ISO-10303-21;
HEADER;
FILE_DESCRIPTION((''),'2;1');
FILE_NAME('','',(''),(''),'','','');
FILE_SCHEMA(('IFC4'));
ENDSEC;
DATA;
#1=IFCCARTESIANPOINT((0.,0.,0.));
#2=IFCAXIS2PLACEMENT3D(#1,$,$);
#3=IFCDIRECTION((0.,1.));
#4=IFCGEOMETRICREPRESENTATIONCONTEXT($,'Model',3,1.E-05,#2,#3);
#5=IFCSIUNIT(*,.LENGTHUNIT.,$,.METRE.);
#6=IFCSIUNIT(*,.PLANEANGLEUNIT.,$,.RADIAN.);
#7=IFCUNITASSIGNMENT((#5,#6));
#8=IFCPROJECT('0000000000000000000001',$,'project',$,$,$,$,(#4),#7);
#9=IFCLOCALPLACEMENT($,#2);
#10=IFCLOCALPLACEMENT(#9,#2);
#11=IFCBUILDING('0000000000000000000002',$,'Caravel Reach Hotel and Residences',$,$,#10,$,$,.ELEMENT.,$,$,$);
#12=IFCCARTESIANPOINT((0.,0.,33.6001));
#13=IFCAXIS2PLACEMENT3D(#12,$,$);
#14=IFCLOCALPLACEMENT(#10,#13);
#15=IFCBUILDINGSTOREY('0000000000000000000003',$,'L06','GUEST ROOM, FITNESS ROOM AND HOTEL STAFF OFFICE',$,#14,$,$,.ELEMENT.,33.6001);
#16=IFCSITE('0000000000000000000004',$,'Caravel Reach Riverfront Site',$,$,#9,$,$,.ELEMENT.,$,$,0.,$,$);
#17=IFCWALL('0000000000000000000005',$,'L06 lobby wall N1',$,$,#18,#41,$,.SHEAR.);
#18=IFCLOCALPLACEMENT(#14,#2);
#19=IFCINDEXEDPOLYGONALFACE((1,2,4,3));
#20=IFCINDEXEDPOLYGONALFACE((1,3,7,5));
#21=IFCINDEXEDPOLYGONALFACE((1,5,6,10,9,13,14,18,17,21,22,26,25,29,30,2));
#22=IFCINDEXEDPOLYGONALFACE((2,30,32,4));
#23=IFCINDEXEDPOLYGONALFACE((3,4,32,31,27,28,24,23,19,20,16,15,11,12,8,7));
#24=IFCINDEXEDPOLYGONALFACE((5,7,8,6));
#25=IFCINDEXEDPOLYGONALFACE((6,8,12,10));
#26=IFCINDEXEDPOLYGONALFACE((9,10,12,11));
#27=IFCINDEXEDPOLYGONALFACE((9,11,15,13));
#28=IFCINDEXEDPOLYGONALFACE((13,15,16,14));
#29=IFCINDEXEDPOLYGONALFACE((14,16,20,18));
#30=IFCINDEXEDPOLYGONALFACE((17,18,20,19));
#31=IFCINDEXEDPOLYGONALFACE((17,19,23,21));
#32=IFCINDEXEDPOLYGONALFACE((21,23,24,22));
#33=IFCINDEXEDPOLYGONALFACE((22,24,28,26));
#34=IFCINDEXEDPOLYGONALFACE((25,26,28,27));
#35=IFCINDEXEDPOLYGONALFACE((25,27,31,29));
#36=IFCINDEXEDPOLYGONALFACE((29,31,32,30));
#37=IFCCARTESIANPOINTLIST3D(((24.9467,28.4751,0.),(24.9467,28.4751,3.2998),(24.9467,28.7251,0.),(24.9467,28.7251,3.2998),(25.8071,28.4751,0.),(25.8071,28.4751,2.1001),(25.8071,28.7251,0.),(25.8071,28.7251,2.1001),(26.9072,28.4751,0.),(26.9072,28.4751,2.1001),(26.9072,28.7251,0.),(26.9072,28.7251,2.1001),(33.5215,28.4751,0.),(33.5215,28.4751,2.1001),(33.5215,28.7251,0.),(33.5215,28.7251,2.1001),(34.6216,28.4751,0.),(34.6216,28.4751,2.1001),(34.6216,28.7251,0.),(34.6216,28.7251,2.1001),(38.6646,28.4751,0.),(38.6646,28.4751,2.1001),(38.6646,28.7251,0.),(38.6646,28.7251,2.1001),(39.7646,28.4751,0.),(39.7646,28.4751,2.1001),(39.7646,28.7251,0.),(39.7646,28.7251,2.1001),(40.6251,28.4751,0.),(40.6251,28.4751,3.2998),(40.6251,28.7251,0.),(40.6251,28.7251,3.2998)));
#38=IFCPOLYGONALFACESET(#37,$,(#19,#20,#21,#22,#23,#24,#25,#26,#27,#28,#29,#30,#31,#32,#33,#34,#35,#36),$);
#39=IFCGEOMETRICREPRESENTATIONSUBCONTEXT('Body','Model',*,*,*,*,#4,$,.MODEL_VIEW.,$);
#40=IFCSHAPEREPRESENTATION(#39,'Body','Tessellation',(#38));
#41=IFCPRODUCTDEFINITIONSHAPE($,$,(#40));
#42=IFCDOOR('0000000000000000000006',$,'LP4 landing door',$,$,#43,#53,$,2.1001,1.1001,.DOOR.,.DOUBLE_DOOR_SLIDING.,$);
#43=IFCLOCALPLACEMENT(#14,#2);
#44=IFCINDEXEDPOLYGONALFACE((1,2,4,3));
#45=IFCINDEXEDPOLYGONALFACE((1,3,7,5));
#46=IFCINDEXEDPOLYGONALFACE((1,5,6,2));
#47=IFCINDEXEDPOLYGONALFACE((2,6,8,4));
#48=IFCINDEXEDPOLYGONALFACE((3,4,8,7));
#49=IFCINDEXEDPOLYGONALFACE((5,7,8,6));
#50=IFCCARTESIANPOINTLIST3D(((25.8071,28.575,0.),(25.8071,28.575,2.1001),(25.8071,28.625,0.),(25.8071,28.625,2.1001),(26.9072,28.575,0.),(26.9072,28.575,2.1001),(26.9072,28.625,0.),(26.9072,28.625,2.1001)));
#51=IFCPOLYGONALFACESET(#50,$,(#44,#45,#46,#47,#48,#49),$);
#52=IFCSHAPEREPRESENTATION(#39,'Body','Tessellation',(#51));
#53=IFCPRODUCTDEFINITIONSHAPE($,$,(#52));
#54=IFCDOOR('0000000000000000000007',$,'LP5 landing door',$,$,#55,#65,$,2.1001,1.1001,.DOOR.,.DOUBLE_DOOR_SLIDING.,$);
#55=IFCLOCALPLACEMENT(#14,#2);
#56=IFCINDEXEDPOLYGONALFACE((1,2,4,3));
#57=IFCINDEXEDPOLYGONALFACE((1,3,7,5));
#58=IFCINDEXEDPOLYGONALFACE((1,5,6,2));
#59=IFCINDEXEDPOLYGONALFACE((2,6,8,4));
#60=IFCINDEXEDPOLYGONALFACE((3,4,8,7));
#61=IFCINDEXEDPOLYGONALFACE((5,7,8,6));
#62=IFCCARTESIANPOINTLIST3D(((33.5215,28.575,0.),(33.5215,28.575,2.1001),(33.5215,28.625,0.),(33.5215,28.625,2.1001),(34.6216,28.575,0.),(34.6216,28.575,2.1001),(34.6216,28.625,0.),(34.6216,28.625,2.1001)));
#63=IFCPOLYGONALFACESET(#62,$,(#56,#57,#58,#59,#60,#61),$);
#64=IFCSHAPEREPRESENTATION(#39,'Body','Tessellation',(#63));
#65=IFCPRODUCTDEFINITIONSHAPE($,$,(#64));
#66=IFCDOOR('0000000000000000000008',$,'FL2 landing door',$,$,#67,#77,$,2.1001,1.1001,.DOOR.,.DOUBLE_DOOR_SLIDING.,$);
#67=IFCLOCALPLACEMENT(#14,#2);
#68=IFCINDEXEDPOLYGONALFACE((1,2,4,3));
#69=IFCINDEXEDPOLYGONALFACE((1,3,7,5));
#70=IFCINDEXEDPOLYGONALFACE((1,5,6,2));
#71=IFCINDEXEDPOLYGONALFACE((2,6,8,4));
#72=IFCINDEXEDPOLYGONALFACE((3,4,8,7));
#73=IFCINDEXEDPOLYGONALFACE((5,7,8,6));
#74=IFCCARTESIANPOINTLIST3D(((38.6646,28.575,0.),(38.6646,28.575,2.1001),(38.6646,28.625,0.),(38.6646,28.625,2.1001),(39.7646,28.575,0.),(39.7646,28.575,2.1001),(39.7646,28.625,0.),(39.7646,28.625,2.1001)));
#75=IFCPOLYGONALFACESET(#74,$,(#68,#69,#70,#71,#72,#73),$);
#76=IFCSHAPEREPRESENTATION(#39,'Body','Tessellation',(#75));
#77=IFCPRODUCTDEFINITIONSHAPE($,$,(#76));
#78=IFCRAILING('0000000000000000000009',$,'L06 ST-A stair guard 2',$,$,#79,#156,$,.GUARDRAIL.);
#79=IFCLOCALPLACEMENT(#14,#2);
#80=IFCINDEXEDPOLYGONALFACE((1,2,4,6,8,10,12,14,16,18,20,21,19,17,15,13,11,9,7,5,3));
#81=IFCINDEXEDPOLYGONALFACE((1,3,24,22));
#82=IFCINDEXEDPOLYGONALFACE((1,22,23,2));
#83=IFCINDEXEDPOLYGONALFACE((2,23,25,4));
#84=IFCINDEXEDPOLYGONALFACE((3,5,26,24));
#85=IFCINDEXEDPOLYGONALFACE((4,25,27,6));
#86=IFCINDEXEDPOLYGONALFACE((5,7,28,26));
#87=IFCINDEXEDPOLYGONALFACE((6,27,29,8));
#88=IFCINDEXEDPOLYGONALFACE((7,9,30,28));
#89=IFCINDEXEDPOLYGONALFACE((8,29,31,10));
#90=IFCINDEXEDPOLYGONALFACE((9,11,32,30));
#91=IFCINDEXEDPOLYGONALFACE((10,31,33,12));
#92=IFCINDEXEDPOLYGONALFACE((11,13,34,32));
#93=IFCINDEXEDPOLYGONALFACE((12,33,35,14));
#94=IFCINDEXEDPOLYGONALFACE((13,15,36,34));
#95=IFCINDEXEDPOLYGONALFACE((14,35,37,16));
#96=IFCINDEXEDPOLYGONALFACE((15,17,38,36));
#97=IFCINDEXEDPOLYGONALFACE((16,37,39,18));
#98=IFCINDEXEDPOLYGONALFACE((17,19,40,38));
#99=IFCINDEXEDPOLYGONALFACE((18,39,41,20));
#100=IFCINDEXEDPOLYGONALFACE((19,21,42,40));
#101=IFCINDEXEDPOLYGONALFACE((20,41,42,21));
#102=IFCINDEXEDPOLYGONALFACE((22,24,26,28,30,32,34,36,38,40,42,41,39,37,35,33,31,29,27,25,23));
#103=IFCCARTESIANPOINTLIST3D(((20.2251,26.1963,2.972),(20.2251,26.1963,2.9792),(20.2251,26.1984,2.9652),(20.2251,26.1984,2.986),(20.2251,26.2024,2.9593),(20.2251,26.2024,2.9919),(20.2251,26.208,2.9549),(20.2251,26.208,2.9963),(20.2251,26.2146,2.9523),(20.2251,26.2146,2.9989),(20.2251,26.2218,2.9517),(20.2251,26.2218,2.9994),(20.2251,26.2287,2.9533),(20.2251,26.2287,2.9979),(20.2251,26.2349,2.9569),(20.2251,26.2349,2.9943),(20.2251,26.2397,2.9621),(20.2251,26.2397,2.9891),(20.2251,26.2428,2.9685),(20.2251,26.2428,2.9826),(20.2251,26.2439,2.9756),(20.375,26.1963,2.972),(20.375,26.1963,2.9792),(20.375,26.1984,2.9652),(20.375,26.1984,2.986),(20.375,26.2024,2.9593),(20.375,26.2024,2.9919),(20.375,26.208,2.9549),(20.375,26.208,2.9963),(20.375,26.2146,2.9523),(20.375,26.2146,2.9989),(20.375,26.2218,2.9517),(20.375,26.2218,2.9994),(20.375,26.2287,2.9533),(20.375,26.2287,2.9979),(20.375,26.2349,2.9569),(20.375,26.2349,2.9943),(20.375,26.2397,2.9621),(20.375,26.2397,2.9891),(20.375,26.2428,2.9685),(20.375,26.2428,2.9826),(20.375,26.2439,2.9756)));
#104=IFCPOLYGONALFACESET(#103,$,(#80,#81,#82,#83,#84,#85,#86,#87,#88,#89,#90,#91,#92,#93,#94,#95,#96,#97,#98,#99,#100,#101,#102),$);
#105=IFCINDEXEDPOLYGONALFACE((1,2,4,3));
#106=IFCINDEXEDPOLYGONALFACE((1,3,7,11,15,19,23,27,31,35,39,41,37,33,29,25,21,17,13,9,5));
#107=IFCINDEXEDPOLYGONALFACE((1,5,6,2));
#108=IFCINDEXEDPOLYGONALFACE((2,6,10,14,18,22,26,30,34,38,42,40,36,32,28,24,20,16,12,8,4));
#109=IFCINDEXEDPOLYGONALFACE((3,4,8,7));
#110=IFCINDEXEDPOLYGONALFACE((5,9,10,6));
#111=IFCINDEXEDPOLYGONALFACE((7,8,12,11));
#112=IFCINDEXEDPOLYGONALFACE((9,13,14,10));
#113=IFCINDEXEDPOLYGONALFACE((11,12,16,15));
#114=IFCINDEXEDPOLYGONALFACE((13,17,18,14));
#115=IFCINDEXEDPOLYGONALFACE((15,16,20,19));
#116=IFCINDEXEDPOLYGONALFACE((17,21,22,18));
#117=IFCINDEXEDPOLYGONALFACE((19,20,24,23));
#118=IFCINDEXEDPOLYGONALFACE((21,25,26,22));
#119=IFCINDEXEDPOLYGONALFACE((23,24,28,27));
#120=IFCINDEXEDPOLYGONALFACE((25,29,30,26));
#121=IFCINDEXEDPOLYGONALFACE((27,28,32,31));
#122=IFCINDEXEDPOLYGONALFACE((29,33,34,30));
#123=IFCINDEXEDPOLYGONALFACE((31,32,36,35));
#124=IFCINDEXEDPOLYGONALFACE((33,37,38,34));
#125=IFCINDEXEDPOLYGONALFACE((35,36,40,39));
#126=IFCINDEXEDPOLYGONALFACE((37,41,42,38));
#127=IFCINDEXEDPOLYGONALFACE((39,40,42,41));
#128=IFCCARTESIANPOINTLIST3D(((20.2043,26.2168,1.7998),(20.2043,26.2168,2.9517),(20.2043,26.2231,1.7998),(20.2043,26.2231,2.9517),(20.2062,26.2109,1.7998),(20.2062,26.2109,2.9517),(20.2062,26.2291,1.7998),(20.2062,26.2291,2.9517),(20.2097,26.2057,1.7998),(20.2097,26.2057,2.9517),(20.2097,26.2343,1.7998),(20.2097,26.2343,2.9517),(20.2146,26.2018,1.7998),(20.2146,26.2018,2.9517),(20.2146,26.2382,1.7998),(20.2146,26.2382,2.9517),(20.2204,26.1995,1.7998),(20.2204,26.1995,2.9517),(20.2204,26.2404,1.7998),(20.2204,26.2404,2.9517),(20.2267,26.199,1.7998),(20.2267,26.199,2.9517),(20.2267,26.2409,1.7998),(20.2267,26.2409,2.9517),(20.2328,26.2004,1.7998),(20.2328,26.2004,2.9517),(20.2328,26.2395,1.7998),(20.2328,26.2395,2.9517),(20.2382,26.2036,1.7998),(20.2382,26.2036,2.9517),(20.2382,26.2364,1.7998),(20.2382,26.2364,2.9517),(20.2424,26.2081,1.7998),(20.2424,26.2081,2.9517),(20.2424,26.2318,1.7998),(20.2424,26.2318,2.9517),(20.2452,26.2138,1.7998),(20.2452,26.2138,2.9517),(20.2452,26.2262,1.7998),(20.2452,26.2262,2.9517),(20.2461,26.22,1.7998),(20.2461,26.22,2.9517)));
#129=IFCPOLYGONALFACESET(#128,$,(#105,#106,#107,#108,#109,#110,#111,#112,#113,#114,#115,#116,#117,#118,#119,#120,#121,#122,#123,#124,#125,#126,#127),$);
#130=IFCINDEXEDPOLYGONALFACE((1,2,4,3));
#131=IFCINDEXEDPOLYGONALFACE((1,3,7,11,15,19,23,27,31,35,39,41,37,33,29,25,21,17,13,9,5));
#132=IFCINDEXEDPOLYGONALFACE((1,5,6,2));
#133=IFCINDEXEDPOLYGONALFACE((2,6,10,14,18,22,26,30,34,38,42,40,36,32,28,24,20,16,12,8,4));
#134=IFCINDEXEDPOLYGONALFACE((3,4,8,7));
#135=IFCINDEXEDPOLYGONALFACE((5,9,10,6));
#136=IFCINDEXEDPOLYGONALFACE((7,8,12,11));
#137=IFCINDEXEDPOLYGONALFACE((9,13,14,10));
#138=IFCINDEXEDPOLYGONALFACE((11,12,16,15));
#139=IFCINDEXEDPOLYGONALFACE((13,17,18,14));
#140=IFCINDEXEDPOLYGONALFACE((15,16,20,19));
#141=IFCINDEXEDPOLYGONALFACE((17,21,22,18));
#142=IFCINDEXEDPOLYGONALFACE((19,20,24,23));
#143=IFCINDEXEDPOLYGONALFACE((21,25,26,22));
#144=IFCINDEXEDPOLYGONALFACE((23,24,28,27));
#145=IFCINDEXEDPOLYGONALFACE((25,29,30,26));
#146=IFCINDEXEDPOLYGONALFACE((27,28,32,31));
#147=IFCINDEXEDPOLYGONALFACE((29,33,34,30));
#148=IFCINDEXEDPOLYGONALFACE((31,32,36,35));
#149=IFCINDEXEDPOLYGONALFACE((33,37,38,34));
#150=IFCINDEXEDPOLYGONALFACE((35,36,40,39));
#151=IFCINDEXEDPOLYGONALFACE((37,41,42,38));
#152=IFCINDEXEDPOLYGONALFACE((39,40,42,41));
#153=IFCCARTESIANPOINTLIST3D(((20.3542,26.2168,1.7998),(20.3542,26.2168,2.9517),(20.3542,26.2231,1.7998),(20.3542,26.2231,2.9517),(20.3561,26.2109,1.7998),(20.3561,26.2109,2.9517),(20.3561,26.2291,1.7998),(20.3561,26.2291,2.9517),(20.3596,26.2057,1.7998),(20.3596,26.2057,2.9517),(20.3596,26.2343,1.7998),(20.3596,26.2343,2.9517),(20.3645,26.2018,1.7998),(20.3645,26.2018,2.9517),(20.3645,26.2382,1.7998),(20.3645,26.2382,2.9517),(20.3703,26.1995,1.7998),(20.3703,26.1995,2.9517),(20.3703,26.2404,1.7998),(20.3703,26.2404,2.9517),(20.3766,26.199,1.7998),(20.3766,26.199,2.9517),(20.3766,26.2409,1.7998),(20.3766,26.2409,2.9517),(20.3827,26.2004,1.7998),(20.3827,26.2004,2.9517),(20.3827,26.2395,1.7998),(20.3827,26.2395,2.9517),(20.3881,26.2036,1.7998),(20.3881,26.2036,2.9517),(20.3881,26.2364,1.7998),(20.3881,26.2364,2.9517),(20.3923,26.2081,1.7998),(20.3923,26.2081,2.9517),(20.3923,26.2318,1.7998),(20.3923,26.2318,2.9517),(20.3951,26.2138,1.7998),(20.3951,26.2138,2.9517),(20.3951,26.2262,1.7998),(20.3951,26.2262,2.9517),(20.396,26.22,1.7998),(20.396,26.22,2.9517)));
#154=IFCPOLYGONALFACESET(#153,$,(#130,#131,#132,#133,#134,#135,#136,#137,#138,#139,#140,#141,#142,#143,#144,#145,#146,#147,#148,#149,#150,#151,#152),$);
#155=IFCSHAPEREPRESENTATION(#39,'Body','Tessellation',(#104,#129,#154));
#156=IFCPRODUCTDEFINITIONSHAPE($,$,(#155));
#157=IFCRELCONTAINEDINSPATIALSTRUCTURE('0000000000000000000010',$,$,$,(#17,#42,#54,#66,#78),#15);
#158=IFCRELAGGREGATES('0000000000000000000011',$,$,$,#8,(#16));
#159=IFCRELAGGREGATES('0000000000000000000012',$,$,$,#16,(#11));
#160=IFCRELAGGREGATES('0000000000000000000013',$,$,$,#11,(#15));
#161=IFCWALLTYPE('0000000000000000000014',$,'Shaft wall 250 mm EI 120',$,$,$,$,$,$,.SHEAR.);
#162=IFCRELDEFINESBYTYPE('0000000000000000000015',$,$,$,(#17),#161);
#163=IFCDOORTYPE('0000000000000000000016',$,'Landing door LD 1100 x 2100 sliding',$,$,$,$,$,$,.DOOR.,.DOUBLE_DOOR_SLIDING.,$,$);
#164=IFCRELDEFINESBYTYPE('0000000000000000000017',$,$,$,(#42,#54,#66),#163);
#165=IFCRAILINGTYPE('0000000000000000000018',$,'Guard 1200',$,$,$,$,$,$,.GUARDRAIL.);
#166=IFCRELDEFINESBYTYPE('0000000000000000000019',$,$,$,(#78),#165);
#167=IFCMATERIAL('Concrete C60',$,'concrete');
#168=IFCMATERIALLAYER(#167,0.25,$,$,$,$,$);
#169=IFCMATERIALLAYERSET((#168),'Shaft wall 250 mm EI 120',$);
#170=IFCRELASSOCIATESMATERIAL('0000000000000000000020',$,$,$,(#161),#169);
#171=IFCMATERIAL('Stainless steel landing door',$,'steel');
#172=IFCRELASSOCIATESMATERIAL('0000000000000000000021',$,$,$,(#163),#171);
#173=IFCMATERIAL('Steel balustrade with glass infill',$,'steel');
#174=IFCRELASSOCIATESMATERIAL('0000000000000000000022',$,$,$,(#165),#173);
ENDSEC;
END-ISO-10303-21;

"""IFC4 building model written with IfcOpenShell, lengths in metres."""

from ifc_helpers import new_model, si_unit, direction, frame, frame_2d, origin, origin_2d, place, context, subcontext, project, spatial, rectangle, circle, extrude, material, layer, layer_set, type_object, element, fill, save


model = new_model("IFC4")

# Units and contexts
model_context = context("Model", 3, precision=1e-05, world=origin(), true_north=direction((0.0, 1.0)))
body_context = subcontext(model_context, "Body", "Model", "MODEL_VIEW")
ifc_project = project(units=[si_unit("LENGTHUNIT", "METRE"), si_unit("PLANEANGLEUNIT", "RADIAN")], contexts=[model_context])

# Site, building, storey
site_placement = place(None, origin())
site = spatial("IfcSite", under=ifc_project, at=site_placement, Name="Caravel Reach Riverfront Site", CompositionType="ELEMENT", RefElevation=0.0)
building_placement = place(site_placement, origin())
building = spatial("IfcBuilding", under=site, at=building_placement, Name="Caravel Reach Hotel and Residences", CompositionType="ELEMENT")
storey_placement = place(building_placement, frame((0.0, 0.0, 33.6001)))
storey = spatial("IfcBuildingStorey", under=building, at=storey_placement, Name="L06", Description="GUEST ROOM, FITNESS ROOM AND HOTEL STAFF OFFICE", CompositionType="ELEMENT", Elevation=33.6001)

# Wall, openings, doors
ifc_material_1 = material(Name="Concrete C60", Category="concrete")
ifc_layer_1 = layer(ifc_material_1, 0.25)
ifc_layer_set_1 = layer_set([ifc_layer_1], Name="Shaft wall 250 mm EI 120")
wall_type_1 = type_object("IfcWallType", Name="Shaft wall 250 mm EI 120", PredefinedType="SHEAR", material=ifc_layer_set_1)
ifc_material_2 = material(Name="Stainless steel landing door", Category="steel")
door_type_1 = type_object("IfcDoorType", Name="Landing door LD 1100 x 2100 sliding", OperationType="DOUBLE_DOOR_SLIDING", PredefinedType="DOOR", material=ifc_material_2)
wall_1_placement = place(storey_placement, frame((24.9465, 28.6001, 0.0), z_axis=(0.0, 0.0, 1.0), x_axis=(1.0, 0.0, 0.0)))
wall_1 = element("IfcWall", 1, at=wall_1_placement, inside=storey, type_object=wall_type_1, Name="L06 lobby wall N1", PredefinedType="SHEAR", context=body_context, shape_type="SweptSolid", body=[
    extrude(rectangle(XDim=15.6785, YDim=0.25, at=frame_2d((7.8394, 0.0))), origin(), (0.0, 0.0, 1.0), 3.2998),
])
opening_1_placement = place(wall_1_placement, frame((0.8606, 0.0, 0.0)))
opening_1 = element("IfcOpeningElement", 2, at=opening_1_placement, cuts=wall_1, PredefinedType="OPENING", context=body_context, shape_type="SweptSolid", body=[
    extrude(rectangle(XDim=1.1001, YDim=2.1001, at=frame_2d((0.55, 1.05))), frame((0.0, 0.135, 0.0), z_axis=(0.0, -1.0, 0.0), x_axis=(1.0, 0.0, 0.0)), (0.0, 0.0, 1.0), 0.27),
])
opening_2_placement = place(wall_1_placement, frame((8.575, 0.0, 0.0)))
opening_2 = element("IfcOpeningElement", 3, at=opening_2_placement, cuts=wall_1, PredefinedType="OPENING", context=body_context, shape_type="SweptSolid", body=[
    extrude(rectangle(XDim=1.1001, YDim=2.1001, at=frame_2d((0.55, 1.05))), frame((0.0, 0.135, 0.0), z_axis=(0.0, -1.0, 0.0), x_axis=(1.0, 0.0, 0.0)), (0.0, 0.0, 1.0), 0.27),
])
opening_3_placement = place(wall_1_placement, frame((13.718, 0.0, 0.0)))
opening_3 = element("IfcOpeningElement", 4, at=opening_3_placement, cuts=wall_1, PredefinedType="OPENING", context=body_context, shape_type="SweptSolid", body=[
    extrude(rectangle(XDim=1.1001, YDim=2.1001, at=frame_2d((0.55, 1.05))), frame((0.0, 0.135, 0.0), z_axis=(0.0, -1.0, 0.0), x_axis=(1.0, 0.0, 0.0)), (0.0, 0.0, 1.0), 0.27),
])
door_1_placement = place(opening_1_placement, origin())
door_1 = element("IfcDoor", 5, at=door_1_placement, inside=storey, type_object=door_type_1, Name="LP4 landing door", OperationType="DOUBLE_DOOR_SLIDING", OverallHeight=2.1001, OverallWidth=1.1001, PredefinedType="DOOR", context=body_context, shape_type="SweptSolid", body=[
    extrude(rectangle(XDim=1.1001, YDim=2.1001, at=frame_2d((0.55, 1.05))), frame((0.0, 0.0249, 0.0), z_axis=(0.0, -1.0, 0.0), x_axis=(1.0, 0.0, 0.0)), (0.0, 0.0, 1.0), 0.05),
])
fill(opening_1, door_1)
door_2_placement = place(opening_2_placement, origin())
door_2 = element("IfcDoor", 6, at=door_2_placement, inside=storey, type_object=door_type_1, Name="LP5 landing door", OperationType="DOUBLE_DOOR_SLIDING", OverallHeight=2.1001, OverallWidth=1.1001, PredefinedType="DOOR", context=body_context, shape_type="SweptSolid", body=[
    extrude(rectangle(XDim=1.1001, YDim=2.1001, at=frame_2d((0.55, 1.05))), frame((0.0, 0.0249, 0.0), z_axis=(0.0, -1.0, 0.0), x_axis=(1.0, 0.0, 0.0)), (0.0, 0.0, 1.0), 0.05),
])
fill(opening_2, door_2)
door_3_placement = place(opening_3_placement, origin())
door_3 = element("IfcDoor", 7, at=door_3_placement, inside=storey, type_object=door_type_1, Name="FL2 landing door", OperationType="DOUBLE_DOOR_SLIDING", OverallHeight=2.1001, OverallWidth=1.1001, PredefinedType="DOOR", context=body_context, shape_type="SweptSolid", body=[
    extrude(rectangle(XDim=1.1001, YDim=2.1001, at=frame_2d((0.55, 1.05))), frame((0.0, 0.0249, 0.0), z_axis=(0.0, -1.0, 0.0), x_axis=(1.0, 0.0, 0.0)), (0.0, 0.0, 1.0), 0.05),
])
fill(opening_3, door_3)

# Railing
ifc_material_3 = material(Name="Steel balustrade with glass infill", Category="steel")
railing_type_1 = type_object("IfcRailingType", Name="Guard 1200", PredefinedType="GUARDRAIL", material=ifc_material_3)
railing_1_placement = place(storey_placement, frame((20.2251, 26.22, 1.7998)))
element("IfcRailing", 8, at=railing_1_placement, inside=storey, type_object=railing_type_1, Name="L06 ST-A stair guard 2", PredefinedType="GUARDRAIL", context=body_context, shape_type="SweptSolid", body=[
    extrude(circle(Radius=0.0239, at=origin_2d()), frame((0.0, 0.0, 1.1758), z_axis=(1.0, 0.0, 0.0), x_axis=(0.0, 1.0, 0.0)), (0.0, 0.0, 1.0), 0.1499),
    extrude(circle(Radius=0.021, at=origin_2d()), origin(), (0.0, 0.0, 1.0), 1.1519),
    extrude(circle(Radius=0.021, at=origin_2d()), frame((0.1499, 0.0, 0.0)), (0.0, 0.0, 1.0), 1.1519),
])

save(model, "model.ifc")
